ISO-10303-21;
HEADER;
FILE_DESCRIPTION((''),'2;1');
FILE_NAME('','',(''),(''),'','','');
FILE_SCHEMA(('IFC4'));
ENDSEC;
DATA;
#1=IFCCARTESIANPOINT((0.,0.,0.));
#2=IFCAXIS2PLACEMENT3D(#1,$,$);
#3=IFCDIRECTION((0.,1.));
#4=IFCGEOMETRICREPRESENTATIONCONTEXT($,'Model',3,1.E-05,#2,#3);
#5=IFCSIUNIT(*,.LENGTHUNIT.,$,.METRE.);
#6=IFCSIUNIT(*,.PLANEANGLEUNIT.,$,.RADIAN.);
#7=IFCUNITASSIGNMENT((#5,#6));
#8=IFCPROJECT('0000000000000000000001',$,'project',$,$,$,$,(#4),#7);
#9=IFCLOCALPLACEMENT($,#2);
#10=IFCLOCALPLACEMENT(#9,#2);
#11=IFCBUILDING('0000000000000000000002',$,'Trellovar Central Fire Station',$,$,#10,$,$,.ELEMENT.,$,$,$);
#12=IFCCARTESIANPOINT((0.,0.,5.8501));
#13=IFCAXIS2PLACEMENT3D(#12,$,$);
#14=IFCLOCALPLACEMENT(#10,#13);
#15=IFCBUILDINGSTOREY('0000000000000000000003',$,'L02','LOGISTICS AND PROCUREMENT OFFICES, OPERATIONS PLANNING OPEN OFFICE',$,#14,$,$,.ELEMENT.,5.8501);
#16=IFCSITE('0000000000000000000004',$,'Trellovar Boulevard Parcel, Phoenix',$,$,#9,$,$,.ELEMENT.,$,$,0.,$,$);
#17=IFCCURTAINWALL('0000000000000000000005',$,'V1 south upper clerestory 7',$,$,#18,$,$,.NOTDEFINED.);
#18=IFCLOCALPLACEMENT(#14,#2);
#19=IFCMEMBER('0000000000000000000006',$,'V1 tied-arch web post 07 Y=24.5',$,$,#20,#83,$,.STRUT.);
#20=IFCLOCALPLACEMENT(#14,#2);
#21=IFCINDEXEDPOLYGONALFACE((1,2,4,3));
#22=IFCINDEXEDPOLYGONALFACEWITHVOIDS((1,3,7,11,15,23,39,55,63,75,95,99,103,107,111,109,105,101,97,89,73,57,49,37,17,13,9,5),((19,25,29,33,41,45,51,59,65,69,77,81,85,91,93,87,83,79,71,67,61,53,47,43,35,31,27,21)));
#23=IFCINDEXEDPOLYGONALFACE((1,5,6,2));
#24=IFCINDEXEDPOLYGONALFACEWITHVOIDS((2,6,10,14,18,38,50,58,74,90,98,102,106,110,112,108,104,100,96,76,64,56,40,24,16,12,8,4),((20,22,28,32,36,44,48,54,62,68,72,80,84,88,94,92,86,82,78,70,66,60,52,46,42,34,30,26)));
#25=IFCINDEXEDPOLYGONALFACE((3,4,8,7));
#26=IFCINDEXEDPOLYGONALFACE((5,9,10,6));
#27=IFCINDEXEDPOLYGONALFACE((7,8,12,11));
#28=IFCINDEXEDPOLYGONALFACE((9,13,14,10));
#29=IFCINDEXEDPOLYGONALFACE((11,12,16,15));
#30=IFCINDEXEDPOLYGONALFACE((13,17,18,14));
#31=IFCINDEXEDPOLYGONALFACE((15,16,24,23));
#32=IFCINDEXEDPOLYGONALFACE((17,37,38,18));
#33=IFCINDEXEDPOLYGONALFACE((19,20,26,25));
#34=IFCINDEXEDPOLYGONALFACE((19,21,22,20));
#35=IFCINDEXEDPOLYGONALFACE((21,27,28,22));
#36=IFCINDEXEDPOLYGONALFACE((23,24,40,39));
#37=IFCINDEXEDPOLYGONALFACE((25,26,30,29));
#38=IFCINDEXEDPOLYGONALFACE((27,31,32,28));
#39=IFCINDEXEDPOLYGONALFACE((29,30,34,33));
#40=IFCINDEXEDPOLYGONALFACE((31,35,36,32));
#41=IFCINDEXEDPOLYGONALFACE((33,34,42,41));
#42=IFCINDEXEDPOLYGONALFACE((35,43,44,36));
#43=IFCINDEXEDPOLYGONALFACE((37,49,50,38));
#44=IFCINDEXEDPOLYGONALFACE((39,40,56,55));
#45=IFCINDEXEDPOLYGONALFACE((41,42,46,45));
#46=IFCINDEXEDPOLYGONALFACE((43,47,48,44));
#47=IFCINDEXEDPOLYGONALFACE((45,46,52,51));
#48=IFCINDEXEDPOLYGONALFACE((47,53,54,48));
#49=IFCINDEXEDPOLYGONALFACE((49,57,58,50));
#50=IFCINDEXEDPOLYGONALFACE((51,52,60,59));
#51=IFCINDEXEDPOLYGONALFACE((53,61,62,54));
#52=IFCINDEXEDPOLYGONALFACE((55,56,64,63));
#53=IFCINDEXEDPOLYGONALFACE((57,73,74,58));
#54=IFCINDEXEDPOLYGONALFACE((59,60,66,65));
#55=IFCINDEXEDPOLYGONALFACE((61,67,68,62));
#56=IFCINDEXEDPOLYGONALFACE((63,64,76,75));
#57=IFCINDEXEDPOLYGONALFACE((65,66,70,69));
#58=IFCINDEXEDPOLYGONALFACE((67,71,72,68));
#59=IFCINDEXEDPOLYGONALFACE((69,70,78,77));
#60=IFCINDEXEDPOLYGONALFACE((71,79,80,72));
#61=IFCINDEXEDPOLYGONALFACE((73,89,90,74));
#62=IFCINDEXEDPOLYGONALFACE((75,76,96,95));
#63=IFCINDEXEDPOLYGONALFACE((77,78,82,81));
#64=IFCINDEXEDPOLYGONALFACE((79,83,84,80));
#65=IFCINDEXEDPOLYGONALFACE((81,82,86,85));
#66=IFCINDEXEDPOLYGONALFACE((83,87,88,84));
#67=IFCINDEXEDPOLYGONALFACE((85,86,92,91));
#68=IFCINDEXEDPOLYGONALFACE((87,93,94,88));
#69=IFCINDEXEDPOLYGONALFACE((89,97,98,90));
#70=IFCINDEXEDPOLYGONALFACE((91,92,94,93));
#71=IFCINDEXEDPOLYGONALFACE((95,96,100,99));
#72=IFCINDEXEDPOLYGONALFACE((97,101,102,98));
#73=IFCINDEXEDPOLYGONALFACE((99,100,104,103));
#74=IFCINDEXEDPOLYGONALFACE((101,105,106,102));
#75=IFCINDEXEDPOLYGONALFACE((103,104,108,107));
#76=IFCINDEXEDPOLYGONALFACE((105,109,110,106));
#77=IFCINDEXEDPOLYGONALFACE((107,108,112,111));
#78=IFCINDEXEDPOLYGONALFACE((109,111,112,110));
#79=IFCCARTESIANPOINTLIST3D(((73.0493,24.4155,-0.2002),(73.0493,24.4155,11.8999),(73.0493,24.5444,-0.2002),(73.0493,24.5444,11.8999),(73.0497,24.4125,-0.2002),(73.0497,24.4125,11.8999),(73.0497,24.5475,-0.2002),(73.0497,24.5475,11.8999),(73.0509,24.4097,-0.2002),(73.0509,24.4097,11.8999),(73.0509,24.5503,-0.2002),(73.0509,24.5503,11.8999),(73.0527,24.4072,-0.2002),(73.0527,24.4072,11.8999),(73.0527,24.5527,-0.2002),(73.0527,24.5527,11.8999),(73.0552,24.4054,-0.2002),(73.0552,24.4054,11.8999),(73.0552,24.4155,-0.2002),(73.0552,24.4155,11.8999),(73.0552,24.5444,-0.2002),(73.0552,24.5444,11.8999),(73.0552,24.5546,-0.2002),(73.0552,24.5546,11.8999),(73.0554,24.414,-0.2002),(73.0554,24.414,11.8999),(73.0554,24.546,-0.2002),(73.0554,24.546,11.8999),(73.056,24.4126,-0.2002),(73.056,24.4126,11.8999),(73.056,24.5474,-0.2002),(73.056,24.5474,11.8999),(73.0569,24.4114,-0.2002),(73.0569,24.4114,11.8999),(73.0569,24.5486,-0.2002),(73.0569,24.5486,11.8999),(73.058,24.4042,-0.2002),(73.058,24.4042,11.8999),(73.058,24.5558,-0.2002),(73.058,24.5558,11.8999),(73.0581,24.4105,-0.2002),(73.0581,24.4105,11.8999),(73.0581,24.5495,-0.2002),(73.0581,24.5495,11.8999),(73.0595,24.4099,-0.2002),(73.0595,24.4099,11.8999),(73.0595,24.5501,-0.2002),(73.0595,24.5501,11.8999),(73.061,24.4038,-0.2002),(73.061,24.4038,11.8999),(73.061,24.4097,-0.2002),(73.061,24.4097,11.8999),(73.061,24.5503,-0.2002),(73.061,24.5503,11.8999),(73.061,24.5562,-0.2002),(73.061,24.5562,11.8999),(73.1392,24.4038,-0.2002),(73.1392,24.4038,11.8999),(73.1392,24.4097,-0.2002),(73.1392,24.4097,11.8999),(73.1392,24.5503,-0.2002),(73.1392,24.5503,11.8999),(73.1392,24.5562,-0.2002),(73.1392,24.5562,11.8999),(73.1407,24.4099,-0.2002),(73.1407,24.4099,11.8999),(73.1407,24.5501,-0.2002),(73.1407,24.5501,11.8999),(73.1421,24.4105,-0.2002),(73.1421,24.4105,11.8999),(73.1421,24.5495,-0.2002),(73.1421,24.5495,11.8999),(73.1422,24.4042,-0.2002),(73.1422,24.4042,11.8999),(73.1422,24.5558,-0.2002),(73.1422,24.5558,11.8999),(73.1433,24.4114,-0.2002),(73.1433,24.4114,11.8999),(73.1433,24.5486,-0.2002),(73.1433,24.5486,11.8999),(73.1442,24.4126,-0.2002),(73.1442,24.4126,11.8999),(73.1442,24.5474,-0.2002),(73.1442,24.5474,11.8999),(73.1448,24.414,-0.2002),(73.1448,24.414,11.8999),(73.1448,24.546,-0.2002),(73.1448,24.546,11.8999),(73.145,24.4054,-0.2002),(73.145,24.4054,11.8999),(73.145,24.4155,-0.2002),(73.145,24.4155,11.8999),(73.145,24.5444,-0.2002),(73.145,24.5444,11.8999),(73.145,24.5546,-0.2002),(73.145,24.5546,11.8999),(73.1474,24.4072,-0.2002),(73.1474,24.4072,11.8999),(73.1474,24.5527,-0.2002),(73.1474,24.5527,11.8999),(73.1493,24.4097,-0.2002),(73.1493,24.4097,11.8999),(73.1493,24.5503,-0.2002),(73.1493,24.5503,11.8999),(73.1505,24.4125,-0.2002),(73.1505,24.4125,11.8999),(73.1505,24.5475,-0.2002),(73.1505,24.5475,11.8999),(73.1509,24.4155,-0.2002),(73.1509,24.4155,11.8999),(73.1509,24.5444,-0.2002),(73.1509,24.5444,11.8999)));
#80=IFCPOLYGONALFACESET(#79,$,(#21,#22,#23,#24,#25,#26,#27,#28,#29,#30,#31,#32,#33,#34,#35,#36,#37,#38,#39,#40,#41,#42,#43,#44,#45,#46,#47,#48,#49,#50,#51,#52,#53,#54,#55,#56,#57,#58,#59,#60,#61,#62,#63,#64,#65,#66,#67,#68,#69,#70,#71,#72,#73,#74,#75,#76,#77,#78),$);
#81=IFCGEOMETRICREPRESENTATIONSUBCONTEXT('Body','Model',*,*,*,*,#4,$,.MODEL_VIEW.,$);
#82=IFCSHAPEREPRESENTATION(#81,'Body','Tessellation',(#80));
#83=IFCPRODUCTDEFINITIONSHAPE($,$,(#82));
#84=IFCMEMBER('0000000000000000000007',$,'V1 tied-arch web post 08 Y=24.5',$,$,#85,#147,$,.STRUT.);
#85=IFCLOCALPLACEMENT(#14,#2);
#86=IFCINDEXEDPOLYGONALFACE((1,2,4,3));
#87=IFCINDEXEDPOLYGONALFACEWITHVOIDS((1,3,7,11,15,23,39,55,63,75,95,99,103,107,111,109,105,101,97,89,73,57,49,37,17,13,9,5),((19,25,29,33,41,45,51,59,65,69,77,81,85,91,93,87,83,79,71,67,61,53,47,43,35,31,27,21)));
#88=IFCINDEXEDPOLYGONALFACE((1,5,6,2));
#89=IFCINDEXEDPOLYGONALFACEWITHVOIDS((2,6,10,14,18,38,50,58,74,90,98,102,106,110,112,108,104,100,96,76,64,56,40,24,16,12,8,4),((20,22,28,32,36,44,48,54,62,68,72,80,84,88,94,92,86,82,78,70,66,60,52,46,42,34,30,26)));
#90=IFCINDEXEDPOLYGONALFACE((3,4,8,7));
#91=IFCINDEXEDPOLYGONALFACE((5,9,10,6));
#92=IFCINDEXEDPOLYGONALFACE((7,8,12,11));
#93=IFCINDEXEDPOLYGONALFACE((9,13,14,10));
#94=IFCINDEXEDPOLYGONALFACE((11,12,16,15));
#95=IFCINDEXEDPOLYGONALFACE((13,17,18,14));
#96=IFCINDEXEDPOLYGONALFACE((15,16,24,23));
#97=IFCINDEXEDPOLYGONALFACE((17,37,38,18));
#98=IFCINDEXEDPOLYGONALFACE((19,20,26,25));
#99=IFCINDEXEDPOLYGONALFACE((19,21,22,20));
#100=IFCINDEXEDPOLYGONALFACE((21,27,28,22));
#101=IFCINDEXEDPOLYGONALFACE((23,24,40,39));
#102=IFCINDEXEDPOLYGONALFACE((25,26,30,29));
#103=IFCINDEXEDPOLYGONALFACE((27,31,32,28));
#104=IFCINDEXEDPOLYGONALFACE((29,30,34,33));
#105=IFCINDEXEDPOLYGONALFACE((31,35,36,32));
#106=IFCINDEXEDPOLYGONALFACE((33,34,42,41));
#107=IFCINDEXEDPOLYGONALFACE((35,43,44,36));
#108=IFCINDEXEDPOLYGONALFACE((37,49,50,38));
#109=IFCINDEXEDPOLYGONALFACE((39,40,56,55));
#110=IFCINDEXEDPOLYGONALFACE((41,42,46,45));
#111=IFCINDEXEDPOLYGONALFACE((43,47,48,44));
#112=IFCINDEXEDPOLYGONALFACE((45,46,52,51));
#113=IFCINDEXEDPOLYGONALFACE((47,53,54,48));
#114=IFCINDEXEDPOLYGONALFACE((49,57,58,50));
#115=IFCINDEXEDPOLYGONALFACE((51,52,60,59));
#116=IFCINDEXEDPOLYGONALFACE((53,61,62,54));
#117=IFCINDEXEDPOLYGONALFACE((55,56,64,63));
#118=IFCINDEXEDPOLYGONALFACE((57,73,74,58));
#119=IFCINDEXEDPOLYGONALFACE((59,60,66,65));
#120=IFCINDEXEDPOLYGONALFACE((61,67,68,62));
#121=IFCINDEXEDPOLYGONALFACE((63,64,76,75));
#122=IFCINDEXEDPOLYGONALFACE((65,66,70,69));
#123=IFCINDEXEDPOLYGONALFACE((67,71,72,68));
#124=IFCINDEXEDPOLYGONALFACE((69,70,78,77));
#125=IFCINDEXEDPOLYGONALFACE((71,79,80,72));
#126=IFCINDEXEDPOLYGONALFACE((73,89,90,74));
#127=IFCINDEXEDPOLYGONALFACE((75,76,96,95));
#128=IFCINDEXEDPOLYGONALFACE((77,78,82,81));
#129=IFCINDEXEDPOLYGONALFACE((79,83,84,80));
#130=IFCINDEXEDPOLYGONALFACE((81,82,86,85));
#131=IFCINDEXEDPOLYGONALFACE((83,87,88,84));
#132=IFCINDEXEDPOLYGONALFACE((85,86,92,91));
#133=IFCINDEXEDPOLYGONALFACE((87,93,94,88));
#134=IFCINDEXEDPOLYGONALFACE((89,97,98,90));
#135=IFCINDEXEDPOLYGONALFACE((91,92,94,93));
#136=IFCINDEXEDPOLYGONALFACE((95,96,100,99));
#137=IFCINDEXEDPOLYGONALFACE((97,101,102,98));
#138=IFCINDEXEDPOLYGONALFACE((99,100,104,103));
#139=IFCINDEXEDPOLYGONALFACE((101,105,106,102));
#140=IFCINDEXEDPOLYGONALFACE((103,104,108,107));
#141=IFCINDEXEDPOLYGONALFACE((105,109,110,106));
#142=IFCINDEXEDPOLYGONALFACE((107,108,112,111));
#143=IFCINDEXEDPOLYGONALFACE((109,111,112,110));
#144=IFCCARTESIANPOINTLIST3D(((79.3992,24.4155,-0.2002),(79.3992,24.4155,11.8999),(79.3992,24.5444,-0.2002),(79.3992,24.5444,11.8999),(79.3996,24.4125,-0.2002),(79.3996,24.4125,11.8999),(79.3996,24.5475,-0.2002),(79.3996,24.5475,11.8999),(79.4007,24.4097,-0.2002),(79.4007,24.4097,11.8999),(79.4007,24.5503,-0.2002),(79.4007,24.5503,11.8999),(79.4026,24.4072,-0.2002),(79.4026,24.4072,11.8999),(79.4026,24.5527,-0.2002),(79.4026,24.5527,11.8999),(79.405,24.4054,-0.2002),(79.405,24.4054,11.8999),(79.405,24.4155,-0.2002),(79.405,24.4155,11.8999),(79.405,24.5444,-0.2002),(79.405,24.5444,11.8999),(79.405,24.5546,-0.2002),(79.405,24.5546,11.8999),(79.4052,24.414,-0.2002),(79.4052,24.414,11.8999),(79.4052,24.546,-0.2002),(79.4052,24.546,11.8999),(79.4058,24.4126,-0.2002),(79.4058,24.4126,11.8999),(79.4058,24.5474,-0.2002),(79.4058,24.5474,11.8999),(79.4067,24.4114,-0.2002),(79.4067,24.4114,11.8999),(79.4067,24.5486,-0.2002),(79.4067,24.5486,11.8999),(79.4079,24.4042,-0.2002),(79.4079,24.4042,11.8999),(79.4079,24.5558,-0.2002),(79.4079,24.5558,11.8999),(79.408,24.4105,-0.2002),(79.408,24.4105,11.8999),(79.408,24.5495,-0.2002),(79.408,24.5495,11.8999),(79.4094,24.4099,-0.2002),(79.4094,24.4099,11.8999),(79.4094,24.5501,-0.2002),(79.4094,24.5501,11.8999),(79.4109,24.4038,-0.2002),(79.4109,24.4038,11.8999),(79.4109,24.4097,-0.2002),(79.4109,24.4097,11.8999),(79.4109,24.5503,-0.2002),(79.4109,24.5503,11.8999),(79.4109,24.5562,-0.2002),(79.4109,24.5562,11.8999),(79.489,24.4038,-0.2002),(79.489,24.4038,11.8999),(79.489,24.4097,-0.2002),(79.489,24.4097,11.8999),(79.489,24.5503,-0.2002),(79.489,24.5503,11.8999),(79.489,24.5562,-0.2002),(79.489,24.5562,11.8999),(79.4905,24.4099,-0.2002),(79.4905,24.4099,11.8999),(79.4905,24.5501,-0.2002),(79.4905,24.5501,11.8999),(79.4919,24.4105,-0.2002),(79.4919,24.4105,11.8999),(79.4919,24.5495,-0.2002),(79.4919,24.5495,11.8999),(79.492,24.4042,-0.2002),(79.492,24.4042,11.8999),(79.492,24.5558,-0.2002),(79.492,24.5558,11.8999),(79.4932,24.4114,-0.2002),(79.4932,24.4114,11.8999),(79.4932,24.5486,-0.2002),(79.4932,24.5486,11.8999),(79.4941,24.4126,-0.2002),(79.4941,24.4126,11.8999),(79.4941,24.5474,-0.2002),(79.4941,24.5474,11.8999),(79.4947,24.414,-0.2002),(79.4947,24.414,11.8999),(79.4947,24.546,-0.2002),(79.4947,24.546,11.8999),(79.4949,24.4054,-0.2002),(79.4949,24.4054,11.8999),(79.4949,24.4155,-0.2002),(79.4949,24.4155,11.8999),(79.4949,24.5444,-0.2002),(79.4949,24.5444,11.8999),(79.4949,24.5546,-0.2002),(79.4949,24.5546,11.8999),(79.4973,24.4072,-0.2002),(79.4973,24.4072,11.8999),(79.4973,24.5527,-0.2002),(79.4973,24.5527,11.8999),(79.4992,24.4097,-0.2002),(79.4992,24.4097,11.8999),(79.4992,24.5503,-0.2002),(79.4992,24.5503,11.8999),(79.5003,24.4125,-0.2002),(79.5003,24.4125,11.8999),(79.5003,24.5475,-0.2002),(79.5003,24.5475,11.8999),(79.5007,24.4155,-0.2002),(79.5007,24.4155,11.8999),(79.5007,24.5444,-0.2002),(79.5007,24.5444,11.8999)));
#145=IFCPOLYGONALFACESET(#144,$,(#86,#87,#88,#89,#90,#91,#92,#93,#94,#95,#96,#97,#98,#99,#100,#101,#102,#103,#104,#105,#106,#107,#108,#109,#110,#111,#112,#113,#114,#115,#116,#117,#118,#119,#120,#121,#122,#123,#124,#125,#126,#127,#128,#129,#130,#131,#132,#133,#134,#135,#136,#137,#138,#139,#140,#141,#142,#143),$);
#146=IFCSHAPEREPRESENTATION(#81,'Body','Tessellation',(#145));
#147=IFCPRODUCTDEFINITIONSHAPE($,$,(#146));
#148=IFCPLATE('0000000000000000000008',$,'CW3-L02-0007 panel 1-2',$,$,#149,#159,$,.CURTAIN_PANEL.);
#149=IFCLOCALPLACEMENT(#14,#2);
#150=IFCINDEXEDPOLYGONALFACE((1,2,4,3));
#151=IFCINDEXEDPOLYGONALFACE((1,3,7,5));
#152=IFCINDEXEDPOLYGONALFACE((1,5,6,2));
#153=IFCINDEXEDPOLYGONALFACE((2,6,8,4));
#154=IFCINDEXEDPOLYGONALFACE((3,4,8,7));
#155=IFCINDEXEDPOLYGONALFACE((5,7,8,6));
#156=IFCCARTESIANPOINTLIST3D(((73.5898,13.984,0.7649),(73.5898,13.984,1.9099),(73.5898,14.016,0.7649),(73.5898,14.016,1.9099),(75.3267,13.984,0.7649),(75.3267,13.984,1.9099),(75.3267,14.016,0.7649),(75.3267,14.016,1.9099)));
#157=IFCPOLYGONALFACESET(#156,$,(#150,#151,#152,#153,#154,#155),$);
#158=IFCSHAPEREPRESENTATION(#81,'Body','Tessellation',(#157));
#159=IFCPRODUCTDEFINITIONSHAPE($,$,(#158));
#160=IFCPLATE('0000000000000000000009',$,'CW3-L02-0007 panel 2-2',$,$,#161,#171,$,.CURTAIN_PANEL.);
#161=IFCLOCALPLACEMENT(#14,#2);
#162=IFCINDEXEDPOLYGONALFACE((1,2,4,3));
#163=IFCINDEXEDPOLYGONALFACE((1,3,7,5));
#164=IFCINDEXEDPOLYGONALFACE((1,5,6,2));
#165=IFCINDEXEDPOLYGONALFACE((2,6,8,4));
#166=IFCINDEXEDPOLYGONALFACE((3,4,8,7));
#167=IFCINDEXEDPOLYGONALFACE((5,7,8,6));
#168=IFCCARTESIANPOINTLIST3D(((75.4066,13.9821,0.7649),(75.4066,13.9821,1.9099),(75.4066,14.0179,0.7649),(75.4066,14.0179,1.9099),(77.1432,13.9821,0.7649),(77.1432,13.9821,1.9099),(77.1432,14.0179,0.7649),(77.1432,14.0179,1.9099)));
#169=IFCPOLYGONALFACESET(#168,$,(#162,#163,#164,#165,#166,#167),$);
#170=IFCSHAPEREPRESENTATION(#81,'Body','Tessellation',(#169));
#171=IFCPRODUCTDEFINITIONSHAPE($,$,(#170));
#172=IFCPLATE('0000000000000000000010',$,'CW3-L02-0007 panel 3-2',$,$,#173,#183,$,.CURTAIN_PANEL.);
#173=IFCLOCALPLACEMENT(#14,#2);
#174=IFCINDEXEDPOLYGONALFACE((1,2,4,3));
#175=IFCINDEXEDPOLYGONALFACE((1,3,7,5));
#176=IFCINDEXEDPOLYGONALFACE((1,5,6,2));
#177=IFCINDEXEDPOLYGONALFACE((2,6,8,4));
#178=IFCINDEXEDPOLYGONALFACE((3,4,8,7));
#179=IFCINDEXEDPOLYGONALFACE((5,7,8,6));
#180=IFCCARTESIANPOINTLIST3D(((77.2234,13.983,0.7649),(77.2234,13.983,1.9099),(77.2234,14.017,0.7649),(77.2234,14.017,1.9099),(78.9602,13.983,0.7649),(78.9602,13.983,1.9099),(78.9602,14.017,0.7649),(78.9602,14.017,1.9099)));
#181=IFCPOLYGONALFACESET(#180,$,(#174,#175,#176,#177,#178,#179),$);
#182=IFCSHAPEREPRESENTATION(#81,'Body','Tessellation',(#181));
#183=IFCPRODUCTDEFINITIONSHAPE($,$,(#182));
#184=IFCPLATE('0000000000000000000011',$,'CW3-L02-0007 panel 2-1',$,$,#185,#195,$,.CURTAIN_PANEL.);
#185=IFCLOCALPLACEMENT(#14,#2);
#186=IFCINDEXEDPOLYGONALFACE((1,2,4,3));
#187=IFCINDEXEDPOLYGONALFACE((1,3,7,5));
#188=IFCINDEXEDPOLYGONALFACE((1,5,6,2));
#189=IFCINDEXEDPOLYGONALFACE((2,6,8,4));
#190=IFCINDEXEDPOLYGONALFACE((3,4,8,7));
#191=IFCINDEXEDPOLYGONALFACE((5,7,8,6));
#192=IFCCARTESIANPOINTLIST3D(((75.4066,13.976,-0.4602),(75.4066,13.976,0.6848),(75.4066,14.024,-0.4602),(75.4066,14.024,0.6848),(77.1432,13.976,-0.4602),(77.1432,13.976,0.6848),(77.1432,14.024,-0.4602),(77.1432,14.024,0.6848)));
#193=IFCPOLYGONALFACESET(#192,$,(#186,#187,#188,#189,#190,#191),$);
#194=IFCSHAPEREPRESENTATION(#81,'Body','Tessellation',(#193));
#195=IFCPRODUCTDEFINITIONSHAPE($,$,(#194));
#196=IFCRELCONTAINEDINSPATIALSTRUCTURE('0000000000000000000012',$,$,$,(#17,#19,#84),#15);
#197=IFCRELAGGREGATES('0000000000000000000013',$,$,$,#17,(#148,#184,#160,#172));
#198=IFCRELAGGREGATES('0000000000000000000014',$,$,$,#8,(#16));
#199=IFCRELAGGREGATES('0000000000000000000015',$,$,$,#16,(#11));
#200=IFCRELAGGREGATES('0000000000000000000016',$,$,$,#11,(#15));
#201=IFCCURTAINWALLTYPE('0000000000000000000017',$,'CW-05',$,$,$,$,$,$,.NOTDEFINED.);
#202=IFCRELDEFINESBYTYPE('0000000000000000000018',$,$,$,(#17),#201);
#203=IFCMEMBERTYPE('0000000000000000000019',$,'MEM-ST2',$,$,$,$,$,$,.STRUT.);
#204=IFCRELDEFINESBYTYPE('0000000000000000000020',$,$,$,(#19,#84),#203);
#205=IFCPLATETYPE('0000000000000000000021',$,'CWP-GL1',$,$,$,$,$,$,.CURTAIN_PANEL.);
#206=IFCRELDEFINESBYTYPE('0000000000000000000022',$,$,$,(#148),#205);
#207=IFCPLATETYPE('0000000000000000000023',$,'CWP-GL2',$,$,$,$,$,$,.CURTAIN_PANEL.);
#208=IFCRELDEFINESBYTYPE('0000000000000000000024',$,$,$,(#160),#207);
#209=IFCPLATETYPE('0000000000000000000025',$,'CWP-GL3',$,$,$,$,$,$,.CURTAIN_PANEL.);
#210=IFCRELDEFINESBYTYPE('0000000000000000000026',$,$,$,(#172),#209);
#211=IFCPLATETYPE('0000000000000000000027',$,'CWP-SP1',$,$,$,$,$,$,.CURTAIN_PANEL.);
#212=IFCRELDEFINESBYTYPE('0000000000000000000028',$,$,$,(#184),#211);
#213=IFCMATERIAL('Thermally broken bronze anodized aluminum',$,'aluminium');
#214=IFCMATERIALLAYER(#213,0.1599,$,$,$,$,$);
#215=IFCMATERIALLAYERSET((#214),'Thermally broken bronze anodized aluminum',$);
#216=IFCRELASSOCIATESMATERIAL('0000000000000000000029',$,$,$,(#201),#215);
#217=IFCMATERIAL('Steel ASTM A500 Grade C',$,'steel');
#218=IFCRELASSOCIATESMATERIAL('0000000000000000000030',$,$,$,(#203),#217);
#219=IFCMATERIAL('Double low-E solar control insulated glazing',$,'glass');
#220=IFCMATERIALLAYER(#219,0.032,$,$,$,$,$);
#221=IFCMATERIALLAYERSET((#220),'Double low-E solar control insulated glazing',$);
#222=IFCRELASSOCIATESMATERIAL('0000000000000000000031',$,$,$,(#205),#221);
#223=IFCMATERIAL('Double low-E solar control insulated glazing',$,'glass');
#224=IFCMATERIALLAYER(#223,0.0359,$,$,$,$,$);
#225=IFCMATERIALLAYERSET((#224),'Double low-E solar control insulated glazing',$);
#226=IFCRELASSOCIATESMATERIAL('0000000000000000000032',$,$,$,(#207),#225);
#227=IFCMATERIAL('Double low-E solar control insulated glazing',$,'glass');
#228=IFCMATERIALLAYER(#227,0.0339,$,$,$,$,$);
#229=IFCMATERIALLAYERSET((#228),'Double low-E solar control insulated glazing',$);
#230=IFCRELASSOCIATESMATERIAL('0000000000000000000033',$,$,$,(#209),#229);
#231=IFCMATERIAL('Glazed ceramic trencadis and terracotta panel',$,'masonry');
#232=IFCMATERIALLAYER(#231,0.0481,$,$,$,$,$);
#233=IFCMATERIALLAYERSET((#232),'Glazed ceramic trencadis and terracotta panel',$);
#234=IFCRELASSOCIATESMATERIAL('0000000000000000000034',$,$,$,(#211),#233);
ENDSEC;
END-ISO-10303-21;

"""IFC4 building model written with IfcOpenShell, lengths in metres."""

from ifc_helpers import new_model, si_unit, direction, frame, origin, origin_2d, place, context, subcontext, project, spatial, rectangle, hollow_rectangle, extrude, material, layer, layer_set, material_profile, profile_set, type_object, element, aggregate, save


model = new_model("IFC4")

# Units and contexts
model_context = context("Model", 3, precision=1e-05, world=origin(), true_north=direction((0.0, 1.0)))
body_context = subcontext(model_context, "Body", "Model", "MODEL_VIEW")
ifc_project = project(units=[si_unit("LENGTHUNIT", "METRE"), si_unit("PLANEANGLEUNIT", "RADIAN")], contexts=[model_context])

# Site, building, storey
site_placement = place(None, origin())
site = spatial("IfcSite", under=ifc_project, at=site_placement, Name="Trellovar Boulevard Parcel, Phoenix", CompositionType="ELEMENT", RefElevation=0.0)
building_placement = place(site_placement, origin())
building = spatial("IfcBuilding", under=site, at=building_placement, Name="Trellovar Central Fire Station", CompositionType="ELEMENT")
storey_placement = place(building_placement, frame((0.0, 0.0, 5.8501)))
storey = spatial("IfcBuildingStorey", under=building, at=storey_placement, Name="L02", Description="LOGISTICS AND PROCUREMENT OFFICES, OPERATIONS PLANNING OPEN OFFICE", CompositionType="ELEMENT", Elevation=5.8501)

# Shared definitions
ifc_material_1 = material(Name="Thermally broken bronze anodized aluminum", Category="aluminium")
ifc_layer_1 = layer(ifc_material_1, 0.1599)
ifc_layer_set_1 = layer_set([ifc_layer_1], Name="Thermally broken bronze anodized aluminum")
curtain_wall_type = type_object("IfcCurtainWallType", Name="CW-05", PredefinedType="NOTDEFINED", material=ifc_layer_set_1)

# Curtain wall
curtain_wall_1_placement = place(storey_placement, origin())
curtain_wall_1 = element("IfcCurtainWall", 1, at=curtain_wall_1_placement, inside=storey, type_object=curtain_wall_type, Name="V1 south upper clerestory 7", PredefinedType="NOTDEFINED")

# Members
ifc_material_2 = material(Name="Steel ASTM A500 Grade C", Category="steel")
ifc_material_profile_1 = material_profile(ifc_material_2, hollow_rectangle(XDim=0.1016, YDim=0.1523, WallThickness=0.0059, InnerFilletRadius=0.0059, OuterFilletRadius=0.0117, at=origin_2d()), Name="HSS6X4X1/4")
ifc_profile_set_1 = profile_set([ifc_material_profile_1], Name="Steel ASTM A500 Grade C")
member_type_1 = type_object("IfcMemberType", Name="MEM-ST2", PredefinedType="STRUT", material=ifc_profile_set_1)
for number, where, z_axis, x_axis, name in (
    (2, (73.1001, 24.48, -0.2002), (0.0, 0.0, 1.0), (1.0, 0.0, 0.0), "V1 tied-arch web post 07 Y=24.5"),
    (3, (79.45, 24.48, -0.2002), (0.0, 0.0, 1.0), (1.0, 0.0, 0.0), "V1 tied-arch web post 08 Y=24.5"),
):
    element("IfcMember", number, at=place(storey_placement, frame(where, z_axis=z_axis, x_axis=x_axis)), inside=storey, type_object=member_type_1, Name=name, PredefinedType="STRUT", context=body_context, shape_type="SweptSolid", body=[
        extrude(hollow_rectangle(XDim=0.1016, YDim=0.1523, WallThickness=0.0059, InnerFilletRadius=0.0059, OuterFilletRadius=0.0117, at=origin_2d()), origin(), (0.0, 0.0, 1.0), 12.1001),
    ])

# Plates
ifc_material_3 = material(Name="Double low-E solar control insulated glazing", Category="glass")
ifc_layer_2 = layer(ifc_material_3, 0.032)
ifc_layer_set_2 = layer_set([ifc_layer_2], Name="Double low-E solar control insulated glazing")
plate_type_1 = type_object("IfcPlateType", Name="CWP-GL1", PredefinedType="CURTAIN_PANEL", material=ifc_layer_set_2)
plate_1_placement = place(storey_placement, frame((74.4583, 14.0, 0.7649), z_axis=(0.0, 0.0, 1.0), x_axis=(1.0, 0.0, 0.0)))
plate_1 = element("IfcPlate", 4, at=plate_1_placement, type_object=plate_type_1, Name="CW3-L02-0007 panel 1-2", PredefinedType="CURTAIN_PANEL", context=body_context, shape_type="SweptSolid", body=[
    extrude(rectangle(XDim=1.7368, YDim=0.032, at=origin_2d()), origin(), (0.0, 0.0, 1.0), 1.145),
])
ifc_material_4 = material(Name="Double low-E solar control insulated glazing", Category="glass")
ifc_layer_3 = layer(ifc_material_4, 0.0359)
ifc_layer_set_3 = layer_set([ifc_layer_3], Name="Double low-E solar control insulated glazing")
plate_type_2 = type_object("IfcPlateType", Name="CWP-GL2", PredefinedType="CURTAIN_PANEL", material=ifc_layer_set_3)
plate_2_placement = place(storey_placement, frame((76.2749, 14.0, 0.7649), z_axis=(0.0, 0.0, 1.0), x_axis=(1.0, 0.0, 0.0)))
plate_2 = element("IfcPlate", 5, at=plate_2_placement, type_object=plate_type_2, Name="CW3-L02-0007 panel 2-2", PredefinedType="CURTAIN_PANEL", context=body_context, shape_type="SweptSolid", body=[
    extrude(rectangle(XDim=1.7366, YDim=0.0359, at=origin_2d()), origin(), (0.0, 0.0, 1.0), 1.145),
])
ifc_material_5 = material(Name="Double low-E solar control insulated glazing", Category="glass")
ifc_layer_4 = layer(ifc_material_5, 0.0339)
ifc_layer_set_4 = layer_set([ifc_layer_4], Name="Double low-E solar control insulated glazing")
plate_type_3 = type_object("IfcPlateType", Name="CWP-GL3", PredefinedType="CURTAIN_PANEL", material=ifc_layer_set_4)
plate_3_placement = place(storey_placement, frame((78.0918, 14.0, 0.7649), z_axis=(0.0, 0.0, 1.0), x_axis=(1.0, 0.0, 0.0)))
plate_3 = element("IfcPlate", 6, at=plate_3_placement, type_object=plate_type_3, Name="CW3-L02-0007 panel 3-2", PredefinedType="CURTAIN_PANEL", context=body_context, shape_type="SweptSolid", body=[
    extrude(rectangle(XDim=1.7368, YDim=0.0339, at=origin_2d()), origin(), (0.0, 0.0, 1.0), 1.145),
])
ifc_material_6 = material(Name="Glazed ceramic trencadis and terracotta panel", Category="masonry")
ifc_layer_5 = layer(ifc_material_6, 0.0481)
ifc_layer_set_5 = layer_set([ifc_layer_5], Name="Glazed ceramic trencadis and terracotta panel")
plate_type_4 = type_object("IfcPlateType", Name="CWP-SP1", PredefinedType="CURTAIN_PANEL", material=ifc_layer_set_5)
plate_4_placement = place(storey_placement, frame((76.2749, 14.0, -0.4602), z_axis=(0.0, 0.0, 1.0), x_axis=(1.0, 0.0, 0.0)))
plate_4 = element("IfcPlate", 7, at=plate_4_placement, type_object=plate_type_4, Name="CW3-L02-0007 panel 2-1", PredefinedType="CURTAIN_PANEL", context=body_context, shape_type="SweptSolid", body=[
    extrude(rectangle(XDim=1.7366, YDim=0.0481, at=origin_2d()), origin(), (0.0, 0.0, 1.0), 1.145),
])
aggregate(curtain_wall_1, [plate_1, plate_4, plate_2, plate_3])

save(model, "model.ifc")
